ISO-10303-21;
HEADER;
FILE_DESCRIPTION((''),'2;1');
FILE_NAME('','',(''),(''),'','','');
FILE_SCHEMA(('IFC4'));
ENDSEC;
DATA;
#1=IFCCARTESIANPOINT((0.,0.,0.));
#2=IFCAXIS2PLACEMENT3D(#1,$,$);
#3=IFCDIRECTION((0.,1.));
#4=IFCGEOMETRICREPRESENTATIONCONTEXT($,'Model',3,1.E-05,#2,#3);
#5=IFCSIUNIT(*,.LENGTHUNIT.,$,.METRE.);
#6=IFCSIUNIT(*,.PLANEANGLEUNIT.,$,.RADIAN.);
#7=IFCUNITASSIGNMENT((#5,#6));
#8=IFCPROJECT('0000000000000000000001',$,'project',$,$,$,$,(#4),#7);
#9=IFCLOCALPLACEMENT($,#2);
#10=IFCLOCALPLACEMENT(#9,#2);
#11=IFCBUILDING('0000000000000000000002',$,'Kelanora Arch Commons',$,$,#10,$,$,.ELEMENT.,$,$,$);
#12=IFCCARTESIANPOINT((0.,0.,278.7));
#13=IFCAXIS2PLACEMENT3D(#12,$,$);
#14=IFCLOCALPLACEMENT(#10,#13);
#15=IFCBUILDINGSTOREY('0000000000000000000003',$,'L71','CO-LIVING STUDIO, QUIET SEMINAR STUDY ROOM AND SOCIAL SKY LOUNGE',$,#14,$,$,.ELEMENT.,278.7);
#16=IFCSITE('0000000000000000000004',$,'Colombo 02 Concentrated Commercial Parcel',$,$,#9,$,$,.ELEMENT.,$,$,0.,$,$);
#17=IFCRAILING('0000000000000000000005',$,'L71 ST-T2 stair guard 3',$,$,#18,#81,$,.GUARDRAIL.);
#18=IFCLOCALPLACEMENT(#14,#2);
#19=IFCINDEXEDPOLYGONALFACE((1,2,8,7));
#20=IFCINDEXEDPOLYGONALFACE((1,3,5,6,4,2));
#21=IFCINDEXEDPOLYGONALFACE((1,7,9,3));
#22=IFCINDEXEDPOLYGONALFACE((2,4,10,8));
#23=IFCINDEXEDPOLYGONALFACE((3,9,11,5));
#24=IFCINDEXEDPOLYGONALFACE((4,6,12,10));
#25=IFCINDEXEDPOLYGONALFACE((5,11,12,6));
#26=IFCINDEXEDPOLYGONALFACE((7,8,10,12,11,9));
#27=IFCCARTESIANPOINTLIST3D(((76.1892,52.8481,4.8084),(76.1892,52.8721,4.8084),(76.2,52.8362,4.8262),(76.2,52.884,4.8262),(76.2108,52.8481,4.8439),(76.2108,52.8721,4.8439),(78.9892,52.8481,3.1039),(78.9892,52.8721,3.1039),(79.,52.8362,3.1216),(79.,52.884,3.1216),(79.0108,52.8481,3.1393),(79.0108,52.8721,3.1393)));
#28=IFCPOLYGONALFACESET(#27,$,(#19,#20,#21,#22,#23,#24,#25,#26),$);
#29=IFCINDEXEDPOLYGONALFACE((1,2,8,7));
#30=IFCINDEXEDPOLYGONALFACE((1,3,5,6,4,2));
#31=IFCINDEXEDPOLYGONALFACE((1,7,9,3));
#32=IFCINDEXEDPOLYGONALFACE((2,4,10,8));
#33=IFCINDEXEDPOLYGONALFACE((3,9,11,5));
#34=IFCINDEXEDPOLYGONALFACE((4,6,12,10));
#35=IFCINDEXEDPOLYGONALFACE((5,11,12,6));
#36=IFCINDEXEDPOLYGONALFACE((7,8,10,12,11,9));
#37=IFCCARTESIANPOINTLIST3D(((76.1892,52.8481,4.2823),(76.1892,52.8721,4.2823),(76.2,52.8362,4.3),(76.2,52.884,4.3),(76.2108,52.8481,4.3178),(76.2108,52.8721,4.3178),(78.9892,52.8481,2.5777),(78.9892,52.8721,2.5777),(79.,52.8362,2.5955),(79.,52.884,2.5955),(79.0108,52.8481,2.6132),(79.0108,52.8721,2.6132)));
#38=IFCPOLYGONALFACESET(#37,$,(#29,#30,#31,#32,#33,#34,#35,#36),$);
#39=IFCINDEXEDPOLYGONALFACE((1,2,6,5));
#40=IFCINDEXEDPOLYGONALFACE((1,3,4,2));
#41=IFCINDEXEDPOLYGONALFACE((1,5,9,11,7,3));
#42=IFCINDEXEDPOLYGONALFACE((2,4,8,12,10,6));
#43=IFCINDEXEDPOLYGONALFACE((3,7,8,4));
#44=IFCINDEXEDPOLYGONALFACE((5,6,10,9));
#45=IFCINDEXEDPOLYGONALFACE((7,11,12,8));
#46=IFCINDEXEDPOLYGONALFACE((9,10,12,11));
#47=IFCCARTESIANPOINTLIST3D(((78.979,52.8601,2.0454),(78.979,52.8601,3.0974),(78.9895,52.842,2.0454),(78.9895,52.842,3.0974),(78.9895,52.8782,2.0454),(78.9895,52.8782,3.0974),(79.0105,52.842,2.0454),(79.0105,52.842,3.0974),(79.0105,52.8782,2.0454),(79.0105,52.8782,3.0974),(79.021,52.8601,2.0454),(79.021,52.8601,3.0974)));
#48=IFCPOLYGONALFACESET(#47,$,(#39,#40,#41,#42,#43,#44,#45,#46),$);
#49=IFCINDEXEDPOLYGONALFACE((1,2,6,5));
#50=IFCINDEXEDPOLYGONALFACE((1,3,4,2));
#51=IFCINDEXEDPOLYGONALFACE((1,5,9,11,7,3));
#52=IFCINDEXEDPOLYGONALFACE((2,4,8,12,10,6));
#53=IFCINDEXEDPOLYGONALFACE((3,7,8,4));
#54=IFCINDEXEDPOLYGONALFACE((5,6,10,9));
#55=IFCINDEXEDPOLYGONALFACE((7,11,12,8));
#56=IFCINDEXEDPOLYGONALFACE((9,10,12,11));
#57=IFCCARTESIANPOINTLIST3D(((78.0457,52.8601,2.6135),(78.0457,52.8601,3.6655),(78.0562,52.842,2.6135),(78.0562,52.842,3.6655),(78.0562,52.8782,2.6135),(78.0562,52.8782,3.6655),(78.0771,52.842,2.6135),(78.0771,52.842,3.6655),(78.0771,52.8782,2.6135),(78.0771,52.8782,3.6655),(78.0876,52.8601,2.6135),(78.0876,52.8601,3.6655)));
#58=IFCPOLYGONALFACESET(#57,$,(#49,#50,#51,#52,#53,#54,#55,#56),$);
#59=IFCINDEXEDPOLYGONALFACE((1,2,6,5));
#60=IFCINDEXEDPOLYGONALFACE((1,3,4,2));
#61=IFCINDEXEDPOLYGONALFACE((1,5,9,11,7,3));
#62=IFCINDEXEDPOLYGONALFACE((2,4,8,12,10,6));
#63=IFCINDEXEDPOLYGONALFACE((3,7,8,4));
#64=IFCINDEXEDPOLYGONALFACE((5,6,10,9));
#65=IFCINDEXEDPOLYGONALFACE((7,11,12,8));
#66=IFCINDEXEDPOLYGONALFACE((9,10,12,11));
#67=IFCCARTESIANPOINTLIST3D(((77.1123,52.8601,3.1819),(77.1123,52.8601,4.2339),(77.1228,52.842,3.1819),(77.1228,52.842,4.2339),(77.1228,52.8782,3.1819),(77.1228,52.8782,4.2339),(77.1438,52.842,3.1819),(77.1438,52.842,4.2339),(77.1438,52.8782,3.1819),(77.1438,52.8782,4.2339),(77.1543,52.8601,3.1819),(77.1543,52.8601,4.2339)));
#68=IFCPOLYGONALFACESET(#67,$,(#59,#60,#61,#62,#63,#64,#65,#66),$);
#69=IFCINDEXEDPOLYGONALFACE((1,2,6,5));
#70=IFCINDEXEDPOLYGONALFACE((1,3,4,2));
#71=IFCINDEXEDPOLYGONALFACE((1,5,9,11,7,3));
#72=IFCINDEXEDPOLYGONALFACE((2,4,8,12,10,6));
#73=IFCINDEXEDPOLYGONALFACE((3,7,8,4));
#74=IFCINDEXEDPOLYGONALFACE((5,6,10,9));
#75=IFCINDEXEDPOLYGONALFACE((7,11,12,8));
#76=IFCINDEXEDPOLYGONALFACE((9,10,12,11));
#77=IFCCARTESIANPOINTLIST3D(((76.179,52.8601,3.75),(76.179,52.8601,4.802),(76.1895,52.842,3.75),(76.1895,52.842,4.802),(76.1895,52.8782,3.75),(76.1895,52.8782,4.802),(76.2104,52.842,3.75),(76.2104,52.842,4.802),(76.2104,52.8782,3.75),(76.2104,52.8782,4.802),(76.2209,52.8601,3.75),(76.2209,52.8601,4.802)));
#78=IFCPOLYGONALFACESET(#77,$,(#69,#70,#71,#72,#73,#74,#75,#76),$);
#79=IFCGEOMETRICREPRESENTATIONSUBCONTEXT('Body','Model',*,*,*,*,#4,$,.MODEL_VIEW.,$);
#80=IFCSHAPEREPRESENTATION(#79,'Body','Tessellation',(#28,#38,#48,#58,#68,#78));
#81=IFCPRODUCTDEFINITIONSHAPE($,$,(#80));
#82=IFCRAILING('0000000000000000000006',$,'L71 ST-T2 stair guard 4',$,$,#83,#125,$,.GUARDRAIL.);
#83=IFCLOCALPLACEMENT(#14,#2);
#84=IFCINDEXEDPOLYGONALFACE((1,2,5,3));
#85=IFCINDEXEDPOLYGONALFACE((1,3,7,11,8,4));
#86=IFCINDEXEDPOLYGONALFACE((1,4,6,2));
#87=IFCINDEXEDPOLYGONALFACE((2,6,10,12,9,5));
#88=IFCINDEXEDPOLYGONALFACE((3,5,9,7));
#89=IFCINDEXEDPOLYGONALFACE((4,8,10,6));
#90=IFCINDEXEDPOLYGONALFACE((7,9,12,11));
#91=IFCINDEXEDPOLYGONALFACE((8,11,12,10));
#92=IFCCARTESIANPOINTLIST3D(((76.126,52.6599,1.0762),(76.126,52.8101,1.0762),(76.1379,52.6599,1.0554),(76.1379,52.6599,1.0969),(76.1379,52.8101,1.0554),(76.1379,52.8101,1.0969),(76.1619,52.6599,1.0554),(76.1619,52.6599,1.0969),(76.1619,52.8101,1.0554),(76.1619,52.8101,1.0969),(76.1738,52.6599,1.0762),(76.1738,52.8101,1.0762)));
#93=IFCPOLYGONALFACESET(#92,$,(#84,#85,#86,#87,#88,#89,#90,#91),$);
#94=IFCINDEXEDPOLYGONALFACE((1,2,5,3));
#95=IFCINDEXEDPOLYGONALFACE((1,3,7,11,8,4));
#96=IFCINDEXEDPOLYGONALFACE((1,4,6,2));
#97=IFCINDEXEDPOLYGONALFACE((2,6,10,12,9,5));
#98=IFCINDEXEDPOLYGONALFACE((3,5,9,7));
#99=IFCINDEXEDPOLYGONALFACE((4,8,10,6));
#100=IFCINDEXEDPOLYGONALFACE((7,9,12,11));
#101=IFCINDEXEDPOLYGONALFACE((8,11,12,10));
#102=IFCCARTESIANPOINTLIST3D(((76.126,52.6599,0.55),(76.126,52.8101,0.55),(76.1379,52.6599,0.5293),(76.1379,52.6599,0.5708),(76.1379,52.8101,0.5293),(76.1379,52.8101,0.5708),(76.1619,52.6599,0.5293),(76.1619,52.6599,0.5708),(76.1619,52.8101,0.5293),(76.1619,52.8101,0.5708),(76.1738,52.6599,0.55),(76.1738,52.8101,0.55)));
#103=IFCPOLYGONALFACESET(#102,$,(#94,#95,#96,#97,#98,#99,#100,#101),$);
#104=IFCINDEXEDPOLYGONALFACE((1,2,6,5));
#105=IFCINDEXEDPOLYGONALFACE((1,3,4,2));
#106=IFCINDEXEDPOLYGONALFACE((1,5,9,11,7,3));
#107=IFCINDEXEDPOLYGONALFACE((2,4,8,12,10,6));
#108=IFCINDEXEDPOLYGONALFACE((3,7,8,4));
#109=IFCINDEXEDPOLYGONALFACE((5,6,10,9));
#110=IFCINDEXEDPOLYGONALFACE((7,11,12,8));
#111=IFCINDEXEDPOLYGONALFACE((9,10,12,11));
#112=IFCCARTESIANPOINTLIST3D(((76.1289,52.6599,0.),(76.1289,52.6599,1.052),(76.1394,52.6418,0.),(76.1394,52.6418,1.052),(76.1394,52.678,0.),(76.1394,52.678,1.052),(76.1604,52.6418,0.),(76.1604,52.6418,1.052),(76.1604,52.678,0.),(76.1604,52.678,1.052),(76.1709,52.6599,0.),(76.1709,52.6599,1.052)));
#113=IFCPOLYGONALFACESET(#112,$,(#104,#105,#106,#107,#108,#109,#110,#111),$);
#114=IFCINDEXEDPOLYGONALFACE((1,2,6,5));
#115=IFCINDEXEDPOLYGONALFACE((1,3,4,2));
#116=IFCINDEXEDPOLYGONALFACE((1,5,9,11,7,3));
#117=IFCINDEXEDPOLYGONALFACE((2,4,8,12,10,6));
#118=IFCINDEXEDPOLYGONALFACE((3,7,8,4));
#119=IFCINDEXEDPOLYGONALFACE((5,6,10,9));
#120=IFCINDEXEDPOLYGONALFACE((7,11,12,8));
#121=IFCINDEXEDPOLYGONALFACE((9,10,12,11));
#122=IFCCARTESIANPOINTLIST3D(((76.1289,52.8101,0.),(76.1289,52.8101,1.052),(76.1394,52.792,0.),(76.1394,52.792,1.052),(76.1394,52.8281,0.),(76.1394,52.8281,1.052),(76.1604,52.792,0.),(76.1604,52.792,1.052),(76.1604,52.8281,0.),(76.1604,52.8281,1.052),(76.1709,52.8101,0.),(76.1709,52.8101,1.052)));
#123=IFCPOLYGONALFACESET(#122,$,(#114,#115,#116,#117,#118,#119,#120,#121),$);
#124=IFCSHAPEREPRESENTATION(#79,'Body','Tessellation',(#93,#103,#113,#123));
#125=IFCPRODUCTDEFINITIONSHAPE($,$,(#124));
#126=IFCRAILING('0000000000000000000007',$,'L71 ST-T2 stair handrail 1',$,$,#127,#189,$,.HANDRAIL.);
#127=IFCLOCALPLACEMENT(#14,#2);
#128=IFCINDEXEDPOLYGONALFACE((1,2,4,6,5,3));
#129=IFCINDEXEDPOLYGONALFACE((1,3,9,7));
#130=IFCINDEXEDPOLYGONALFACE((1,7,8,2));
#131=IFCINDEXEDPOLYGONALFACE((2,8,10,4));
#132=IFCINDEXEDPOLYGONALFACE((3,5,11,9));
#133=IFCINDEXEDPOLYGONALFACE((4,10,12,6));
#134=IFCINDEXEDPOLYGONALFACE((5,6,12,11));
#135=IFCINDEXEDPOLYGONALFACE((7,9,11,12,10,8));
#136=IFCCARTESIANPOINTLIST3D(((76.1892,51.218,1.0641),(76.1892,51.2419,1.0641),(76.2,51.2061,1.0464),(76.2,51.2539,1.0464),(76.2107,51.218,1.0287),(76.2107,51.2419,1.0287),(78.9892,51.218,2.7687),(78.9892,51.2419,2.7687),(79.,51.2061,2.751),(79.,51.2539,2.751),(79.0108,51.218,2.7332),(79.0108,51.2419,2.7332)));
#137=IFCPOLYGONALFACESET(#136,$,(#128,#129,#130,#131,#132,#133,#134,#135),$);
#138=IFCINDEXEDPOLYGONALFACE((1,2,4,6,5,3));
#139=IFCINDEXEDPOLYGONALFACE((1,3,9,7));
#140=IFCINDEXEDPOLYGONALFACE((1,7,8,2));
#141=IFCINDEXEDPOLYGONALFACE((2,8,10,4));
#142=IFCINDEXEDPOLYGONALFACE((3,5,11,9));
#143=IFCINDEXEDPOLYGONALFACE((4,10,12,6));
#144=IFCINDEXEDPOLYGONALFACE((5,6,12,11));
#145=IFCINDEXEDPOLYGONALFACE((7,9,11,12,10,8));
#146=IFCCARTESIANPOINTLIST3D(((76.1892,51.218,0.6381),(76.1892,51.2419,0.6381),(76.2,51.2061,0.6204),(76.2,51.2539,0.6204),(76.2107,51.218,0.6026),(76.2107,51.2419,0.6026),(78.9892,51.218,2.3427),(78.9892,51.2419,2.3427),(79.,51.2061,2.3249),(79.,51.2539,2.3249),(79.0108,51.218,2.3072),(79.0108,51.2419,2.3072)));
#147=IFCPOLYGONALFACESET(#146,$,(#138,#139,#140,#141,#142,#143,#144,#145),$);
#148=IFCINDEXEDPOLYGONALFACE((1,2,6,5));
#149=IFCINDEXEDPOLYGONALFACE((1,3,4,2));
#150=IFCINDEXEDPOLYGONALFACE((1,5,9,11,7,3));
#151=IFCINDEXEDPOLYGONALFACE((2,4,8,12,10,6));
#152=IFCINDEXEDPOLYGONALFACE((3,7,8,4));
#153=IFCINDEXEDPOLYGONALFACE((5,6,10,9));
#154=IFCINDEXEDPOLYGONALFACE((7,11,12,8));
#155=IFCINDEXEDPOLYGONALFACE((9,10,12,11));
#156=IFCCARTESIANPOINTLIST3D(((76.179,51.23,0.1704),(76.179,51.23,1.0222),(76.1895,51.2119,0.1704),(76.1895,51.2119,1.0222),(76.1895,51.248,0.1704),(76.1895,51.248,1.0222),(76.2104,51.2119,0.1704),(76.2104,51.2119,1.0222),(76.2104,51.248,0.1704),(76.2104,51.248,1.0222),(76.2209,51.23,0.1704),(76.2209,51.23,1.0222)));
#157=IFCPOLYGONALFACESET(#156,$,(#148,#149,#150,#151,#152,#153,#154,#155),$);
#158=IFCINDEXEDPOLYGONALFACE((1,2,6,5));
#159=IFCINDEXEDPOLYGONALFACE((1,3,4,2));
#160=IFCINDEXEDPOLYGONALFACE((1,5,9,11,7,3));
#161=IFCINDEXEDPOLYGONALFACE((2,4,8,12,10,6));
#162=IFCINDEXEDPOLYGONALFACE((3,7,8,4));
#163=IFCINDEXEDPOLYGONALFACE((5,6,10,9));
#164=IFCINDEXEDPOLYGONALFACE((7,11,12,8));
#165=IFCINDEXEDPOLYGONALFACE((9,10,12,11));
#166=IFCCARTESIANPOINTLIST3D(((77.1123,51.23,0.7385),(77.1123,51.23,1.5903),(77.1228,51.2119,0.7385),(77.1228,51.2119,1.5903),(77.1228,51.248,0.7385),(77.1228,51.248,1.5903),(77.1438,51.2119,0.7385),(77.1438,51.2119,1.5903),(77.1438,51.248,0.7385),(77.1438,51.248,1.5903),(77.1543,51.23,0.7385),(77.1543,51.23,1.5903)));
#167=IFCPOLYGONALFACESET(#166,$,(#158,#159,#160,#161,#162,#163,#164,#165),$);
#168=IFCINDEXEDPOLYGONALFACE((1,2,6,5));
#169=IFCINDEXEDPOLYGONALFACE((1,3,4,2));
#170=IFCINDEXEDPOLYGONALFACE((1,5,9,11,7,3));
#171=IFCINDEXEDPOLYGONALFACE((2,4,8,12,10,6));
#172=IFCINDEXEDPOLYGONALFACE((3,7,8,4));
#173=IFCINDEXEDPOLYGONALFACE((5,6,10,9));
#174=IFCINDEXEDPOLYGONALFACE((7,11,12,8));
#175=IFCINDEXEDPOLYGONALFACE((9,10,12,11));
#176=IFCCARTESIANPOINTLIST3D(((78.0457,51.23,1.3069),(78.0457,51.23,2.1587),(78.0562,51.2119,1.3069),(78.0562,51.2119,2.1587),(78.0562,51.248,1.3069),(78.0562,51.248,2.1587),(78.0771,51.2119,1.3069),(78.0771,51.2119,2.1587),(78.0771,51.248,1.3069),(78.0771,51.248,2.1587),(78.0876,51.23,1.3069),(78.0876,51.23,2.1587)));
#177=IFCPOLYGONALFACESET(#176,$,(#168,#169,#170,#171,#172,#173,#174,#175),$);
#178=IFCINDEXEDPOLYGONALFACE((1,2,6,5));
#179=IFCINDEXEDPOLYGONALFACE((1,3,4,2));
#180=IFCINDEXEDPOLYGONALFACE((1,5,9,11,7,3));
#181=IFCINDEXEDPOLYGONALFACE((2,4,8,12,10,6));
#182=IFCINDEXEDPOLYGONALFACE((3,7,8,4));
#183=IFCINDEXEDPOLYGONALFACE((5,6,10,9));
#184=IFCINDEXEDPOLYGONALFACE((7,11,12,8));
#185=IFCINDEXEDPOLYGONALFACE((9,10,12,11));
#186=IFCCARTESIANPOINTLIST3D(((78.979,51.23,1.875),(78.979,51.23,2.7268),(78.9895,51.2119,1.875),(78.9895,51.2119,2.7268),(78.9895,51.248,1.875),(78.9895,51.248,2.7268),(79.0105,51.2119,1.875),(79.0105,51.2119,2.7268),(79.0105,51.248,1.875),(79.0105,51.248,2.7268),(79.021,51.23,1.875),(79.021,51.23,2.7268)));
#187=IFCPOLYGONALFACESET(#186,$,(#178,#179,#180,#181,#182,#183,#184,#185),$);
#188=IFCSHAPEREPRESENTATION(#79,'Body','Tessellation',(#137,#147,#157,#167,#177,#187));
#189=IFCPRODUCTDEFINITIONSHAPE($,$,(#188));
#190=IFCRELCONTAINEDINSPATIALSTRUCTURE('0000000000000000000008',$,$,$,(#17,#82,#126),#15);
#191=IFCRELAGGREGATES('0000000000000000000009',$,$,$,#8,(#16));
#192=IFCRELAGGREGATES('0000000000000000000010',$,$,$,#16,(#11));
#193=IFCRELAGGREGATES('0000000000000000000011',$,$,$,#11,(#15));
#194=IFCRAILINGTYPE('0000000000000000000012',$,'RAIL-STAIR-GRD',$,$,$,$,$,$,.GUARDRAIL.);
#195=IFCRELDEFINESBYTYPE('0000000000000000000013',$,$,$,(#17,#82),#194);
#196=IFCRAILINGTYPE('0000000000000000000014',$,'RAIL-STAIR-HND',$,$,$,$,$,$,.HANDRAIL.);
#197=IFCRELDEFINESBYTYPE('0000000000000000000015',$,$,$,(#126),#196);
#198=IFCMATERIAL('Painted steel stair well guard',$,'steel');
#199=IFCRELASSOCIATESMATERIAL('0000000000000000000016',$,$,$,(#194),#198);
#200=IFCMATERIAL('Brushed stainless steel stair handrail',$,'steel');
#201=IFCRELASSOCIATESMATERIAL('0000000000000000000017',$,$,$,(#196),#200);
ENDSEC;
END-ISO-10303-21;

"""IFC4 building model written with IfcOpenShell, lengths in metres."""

from ifc_helpers import new_model, si_unit, direction, frame, origin, place, context, subcontext, project, spatial, polyline, outline, extrude, material, type_object, element, save


model = new_model("IFC4")

# Units and contexts
model_context = context("Model", 3, precision=1e-05, world=origin(), true_north=direction((0.0, 1.0)))
body_context = subcontext(model_context, "Body", "Model", "MODEL_VIEW")
ifc_project = project(units=[si_unit("LENGTHUNIT", "METRE"), si_unit("PLANEANGLEUNIT", "RADIAN")], contexts=[model_context])

# Site, building, storey
site_placement = place(None, origin())
site = spatial("IfcSite", under=ifc_project, at=site_placement, Name="Colombo 02 Concentrated Commercial Parcel", CompositionType="ELEMENT", RefElevation=0.0)
building_placement = place(site_placement, origin())
building = spatial("IfcBuilding", under=site, at=building_placement, Name="Kelanora Arch Commons", CompositionType="ELEMENT")
storey_placement = place(building_placement, frame((0.0, 0.0, 278.7)))
storey = spatial("IfcBuildingStorey", under=building, at=storey_placement, Name="L71", Description="CO-LIVING STUDIO, QUIET SEMINAR STUDY ROOM AND SOCIAL SKY LOUNGE", CompositionType="ELEMENT", Elevation=278.7)

# Railings
ifc_material_1 = material(Name="Painted steel stair well guard", Category="steel")
railing_type_1 = type_object("IfcRailingType", Name="RAIL-STAIR-GRD", PredefinedType="GUARDRAIL", material=ifc_material_1)
railing_1_placement = place(storey_placement, frame((79.0, 52.8601, 2.0454)))
element("IfcRailing", 1, at=railing_1_placement, inside=storey, type_object=railing_type_1, Name="L71 ST-T2 stair guard 3", PredefinedType="GUARDRAIL", context=body_context, shape_type="SweptSolid", body=[
    extrude(outline(polyline([(0.0239, 0.0), (0.012, 0.0208), (-0.012, 0.0208), (-0.0239, 0.0), (-0.012, -0.0208), (0.012, -0.0208), (0.0239, 0.0)])), frame((0.0, 0.0, 1.0762), z_axis=(-0.85417, 0.0, 0.519994), x_axis=(0.0, -1.0, 0.0)), (0.0, 0.0, 1.0), 3.2781),
    extrude(outline(polyline([(0.0239, 0.0), (0.012, 0.0208), (-0.012, 0.0208), (-0.0239, 0.0), (-0.012, -0.0208), (0.012, -0.0208), (0.0239, 0.0)])), frame((0.0, 0.0, 0.55), z_axis=(-0.85417, 0.0, 0.519994), x_axis=(0.0, -1.0, 0.0)), (0.0, 0.0, 1.0), 3.2781),
    extrude(outline(polyline([(0.021, 0.0), (0.0105, 0.0181), (-0.0105, 0.0181), (-0.021, 0.0), (-0.0105, -0.0181), (0.0105, -0.0181), (0.021, 0.0)])), origin(), (0.0, 0.0, 1.0), 1.052),
    extrude(outline(polyline([(0.021, 0.0), (0.0105, 0.0181), (-0.0105, 0.0181), (-0.021, 0.0), (-0.0105, -0.0181), (0.0105, -0.0181), (0.021, 0.0)])), frame((-0.9333, 0.0, 0.5681)), (0.0, 0.0, 1.0), 1.052),
    extrude(outline(polyline([(0.021, 0.0), (0.0105, 0.0181), (-0.0105, 0.0181), (-0.021, 0.0), (-0.0105, -0.0181), (0.0105, -0.0181), (0.021, 0.0)])), frame((-1.8667, 0.0, 1.1365)), (0.0, 0.0, 1.0), 1.052),
    extrude(outline(polyline([(0.021, 0.0), (0.0105, 0.0181), (-0.0105, 0.0181), (-0.021, 0.0), (-0.0105, -0.0181), (0.0105, -0.0181), (0.021, 0.0)])), frame((-2.8, 0.0, 1.7046)), (0.0, 0.0, 1.0), 1.052),
])
railing_2_placement = place(storey_placement, frame((76.1499, 52.6599, 0.0)))
element("IfcRailing", 2, at=railing_2_placement, inside=storey, type_object=railing_type_1, Name="L71 ST-T2 stair guard 4", PredefinedType="GUARDRAIL", context=body_context, shape_type="SweptSolid", body=[
    extrude(outline(polyline([(0.0239, 0.0), (0.012, 0.0208), (-0.012, 0.0208), (-0.0239, 0.0), (-0.012, -0.0208), (0.012, -0.0208), (0.0239, 0.0)])), frame((0.0, 0.0, 1.0762), z_axis=(0.0, 1.0, 0.0), x_axis=(-1.0, 0.0, 0.0)), (0.0, 0.0, 1.0), 0.1501),
    extrude(outline(polyline([(0.0239, 0.0), (0.012, 0.0208), (-0.012, 0.0208), (-0.0239, 0.0), (-0.012, -0.0208), (0.012, -0.0208), (0.0239, 0.0)])), frame((0.0, 0.0, 0.55), z_axis=(0.0, 1.0, 0.0), x_axis=(-1.0, 0.0, 0.0)), (0.0, 0.0, 1.0), 0.1501),
    extrude(outline(polyline([(0.021, 0.0), (0.0105, 0.0181), (-0.0105, 0.0181), (-0.021, 0.0), (-0.0105, -0.0181), (0.0105, -0.0181), (0.021, 0.0)])), origin(), (0.0, 0.0, 1.0), 1.052),
    extrude(outline(polyline([(0.021, 0.0), (0.0105, 0.0181), (-0.0105, 0.0181), (-0.021, 0.0), (-0.0105, -0.0181), (0.0105, -0.0181), (0.021, 0.0)])), frame((0.0, 0.1501, 0.0)), (0.0, 0.0, 1.0), 1.052),
])
ifc_material_2 = material(Name="Brushed stainless steel stair handrail", Category="steel")
railing_type_2 = type_object("IfcRailingType", Name="RAIL-STAIR-HND", PredefinedType="HANDRAIL", material=ifc_material_2)
railing_3_placement = place(storey_placement, frame((76.2, 51.23, 0.1704)))
element("IfcRailing", 3, at=railing_3_placement, inside=storey, type_object=railing_type_2, Name="L71 ST-T2 stair handrail 1", PredefinedType="HANDRAIL", context=body_context, shape_type="SweptSolid", body=[
    extrude(outline(polyline([(0.0239, 0.0), (0.012, 0.0208), (-0.012, 0.0208), (-0.0239, 0.0), (-0.012, -0.0208), (0.012, -0.0208), (0.0239, 0.0)])), frame((0.0, 0.0, 0.876), z_axis=(0.85417, 0.0, 0.519994), x_axis=(0.0, 1.0, 0.0)), (0.0, 0.0, 1.0), 3.2781),
    extrude(outline(polyline([(0.0239, 0.0), (0.012, 0.0208), (-0.012, 0.0208), (-0.0239, 0.0), (-0.012, -0.0208), (0.012, -0.0208), (0.0239, 0.0)])), frame((0.0, 0.0, 0.45), z_axis=(0.85417, 0.0, 0.519994), x_axis=(0.0, 1.0, 0.0)), (0.0, 0.0, 1.0), 3.2781),
    extrude(outline(polyline([(0.021, 0.0), (0.0105, 0.0181), (-0.0105, 0.0181), (-0.021, 0.0), (-0.0105, -0.0181), (0.0105, -0.0181), (0.021, 0.0)])), origin(), (0.0, 0.0, 1.0), 0.8518),
    extrude(outline(polyline([(0.021, 0.0), (0.0105, 0.0181), (-0.0105, 0.0181), (-0.021, 0.0), (-0.0105, -0.0181), (0.0105, -0.0181), (0.021, 0.0)])), frame((0.9333, 0.0, 0.5681)), (0.0, 0.0, 1.0), 0.8518),
    extrude(outline(polyline([(0.021, 0.0), (0.0105, 0.0181), (-0.0105, 0.0181), (-0.021, 0.0), (-0.0105, -0.0181), (0.0105, -0.0181), (0.021, 0.0)])), frame((1.8667, 0.0, 1.1365)), (0.0, 0.0, 1.0), 0.8518),
    extrude(outline(polyline([(0.021, 0.0), (0.0105, 0.0181), (-0.0105, 0.0181), (-0.021, 0.0), (-0.0105, -0.0181), (0.0105, -0.0181), (0.021, 0.0)])), frame((2.8, 0.0, 1.7046)), (0.0, 0.0, 1.0), 0.8518),
])

save(model, "model.ifc")
